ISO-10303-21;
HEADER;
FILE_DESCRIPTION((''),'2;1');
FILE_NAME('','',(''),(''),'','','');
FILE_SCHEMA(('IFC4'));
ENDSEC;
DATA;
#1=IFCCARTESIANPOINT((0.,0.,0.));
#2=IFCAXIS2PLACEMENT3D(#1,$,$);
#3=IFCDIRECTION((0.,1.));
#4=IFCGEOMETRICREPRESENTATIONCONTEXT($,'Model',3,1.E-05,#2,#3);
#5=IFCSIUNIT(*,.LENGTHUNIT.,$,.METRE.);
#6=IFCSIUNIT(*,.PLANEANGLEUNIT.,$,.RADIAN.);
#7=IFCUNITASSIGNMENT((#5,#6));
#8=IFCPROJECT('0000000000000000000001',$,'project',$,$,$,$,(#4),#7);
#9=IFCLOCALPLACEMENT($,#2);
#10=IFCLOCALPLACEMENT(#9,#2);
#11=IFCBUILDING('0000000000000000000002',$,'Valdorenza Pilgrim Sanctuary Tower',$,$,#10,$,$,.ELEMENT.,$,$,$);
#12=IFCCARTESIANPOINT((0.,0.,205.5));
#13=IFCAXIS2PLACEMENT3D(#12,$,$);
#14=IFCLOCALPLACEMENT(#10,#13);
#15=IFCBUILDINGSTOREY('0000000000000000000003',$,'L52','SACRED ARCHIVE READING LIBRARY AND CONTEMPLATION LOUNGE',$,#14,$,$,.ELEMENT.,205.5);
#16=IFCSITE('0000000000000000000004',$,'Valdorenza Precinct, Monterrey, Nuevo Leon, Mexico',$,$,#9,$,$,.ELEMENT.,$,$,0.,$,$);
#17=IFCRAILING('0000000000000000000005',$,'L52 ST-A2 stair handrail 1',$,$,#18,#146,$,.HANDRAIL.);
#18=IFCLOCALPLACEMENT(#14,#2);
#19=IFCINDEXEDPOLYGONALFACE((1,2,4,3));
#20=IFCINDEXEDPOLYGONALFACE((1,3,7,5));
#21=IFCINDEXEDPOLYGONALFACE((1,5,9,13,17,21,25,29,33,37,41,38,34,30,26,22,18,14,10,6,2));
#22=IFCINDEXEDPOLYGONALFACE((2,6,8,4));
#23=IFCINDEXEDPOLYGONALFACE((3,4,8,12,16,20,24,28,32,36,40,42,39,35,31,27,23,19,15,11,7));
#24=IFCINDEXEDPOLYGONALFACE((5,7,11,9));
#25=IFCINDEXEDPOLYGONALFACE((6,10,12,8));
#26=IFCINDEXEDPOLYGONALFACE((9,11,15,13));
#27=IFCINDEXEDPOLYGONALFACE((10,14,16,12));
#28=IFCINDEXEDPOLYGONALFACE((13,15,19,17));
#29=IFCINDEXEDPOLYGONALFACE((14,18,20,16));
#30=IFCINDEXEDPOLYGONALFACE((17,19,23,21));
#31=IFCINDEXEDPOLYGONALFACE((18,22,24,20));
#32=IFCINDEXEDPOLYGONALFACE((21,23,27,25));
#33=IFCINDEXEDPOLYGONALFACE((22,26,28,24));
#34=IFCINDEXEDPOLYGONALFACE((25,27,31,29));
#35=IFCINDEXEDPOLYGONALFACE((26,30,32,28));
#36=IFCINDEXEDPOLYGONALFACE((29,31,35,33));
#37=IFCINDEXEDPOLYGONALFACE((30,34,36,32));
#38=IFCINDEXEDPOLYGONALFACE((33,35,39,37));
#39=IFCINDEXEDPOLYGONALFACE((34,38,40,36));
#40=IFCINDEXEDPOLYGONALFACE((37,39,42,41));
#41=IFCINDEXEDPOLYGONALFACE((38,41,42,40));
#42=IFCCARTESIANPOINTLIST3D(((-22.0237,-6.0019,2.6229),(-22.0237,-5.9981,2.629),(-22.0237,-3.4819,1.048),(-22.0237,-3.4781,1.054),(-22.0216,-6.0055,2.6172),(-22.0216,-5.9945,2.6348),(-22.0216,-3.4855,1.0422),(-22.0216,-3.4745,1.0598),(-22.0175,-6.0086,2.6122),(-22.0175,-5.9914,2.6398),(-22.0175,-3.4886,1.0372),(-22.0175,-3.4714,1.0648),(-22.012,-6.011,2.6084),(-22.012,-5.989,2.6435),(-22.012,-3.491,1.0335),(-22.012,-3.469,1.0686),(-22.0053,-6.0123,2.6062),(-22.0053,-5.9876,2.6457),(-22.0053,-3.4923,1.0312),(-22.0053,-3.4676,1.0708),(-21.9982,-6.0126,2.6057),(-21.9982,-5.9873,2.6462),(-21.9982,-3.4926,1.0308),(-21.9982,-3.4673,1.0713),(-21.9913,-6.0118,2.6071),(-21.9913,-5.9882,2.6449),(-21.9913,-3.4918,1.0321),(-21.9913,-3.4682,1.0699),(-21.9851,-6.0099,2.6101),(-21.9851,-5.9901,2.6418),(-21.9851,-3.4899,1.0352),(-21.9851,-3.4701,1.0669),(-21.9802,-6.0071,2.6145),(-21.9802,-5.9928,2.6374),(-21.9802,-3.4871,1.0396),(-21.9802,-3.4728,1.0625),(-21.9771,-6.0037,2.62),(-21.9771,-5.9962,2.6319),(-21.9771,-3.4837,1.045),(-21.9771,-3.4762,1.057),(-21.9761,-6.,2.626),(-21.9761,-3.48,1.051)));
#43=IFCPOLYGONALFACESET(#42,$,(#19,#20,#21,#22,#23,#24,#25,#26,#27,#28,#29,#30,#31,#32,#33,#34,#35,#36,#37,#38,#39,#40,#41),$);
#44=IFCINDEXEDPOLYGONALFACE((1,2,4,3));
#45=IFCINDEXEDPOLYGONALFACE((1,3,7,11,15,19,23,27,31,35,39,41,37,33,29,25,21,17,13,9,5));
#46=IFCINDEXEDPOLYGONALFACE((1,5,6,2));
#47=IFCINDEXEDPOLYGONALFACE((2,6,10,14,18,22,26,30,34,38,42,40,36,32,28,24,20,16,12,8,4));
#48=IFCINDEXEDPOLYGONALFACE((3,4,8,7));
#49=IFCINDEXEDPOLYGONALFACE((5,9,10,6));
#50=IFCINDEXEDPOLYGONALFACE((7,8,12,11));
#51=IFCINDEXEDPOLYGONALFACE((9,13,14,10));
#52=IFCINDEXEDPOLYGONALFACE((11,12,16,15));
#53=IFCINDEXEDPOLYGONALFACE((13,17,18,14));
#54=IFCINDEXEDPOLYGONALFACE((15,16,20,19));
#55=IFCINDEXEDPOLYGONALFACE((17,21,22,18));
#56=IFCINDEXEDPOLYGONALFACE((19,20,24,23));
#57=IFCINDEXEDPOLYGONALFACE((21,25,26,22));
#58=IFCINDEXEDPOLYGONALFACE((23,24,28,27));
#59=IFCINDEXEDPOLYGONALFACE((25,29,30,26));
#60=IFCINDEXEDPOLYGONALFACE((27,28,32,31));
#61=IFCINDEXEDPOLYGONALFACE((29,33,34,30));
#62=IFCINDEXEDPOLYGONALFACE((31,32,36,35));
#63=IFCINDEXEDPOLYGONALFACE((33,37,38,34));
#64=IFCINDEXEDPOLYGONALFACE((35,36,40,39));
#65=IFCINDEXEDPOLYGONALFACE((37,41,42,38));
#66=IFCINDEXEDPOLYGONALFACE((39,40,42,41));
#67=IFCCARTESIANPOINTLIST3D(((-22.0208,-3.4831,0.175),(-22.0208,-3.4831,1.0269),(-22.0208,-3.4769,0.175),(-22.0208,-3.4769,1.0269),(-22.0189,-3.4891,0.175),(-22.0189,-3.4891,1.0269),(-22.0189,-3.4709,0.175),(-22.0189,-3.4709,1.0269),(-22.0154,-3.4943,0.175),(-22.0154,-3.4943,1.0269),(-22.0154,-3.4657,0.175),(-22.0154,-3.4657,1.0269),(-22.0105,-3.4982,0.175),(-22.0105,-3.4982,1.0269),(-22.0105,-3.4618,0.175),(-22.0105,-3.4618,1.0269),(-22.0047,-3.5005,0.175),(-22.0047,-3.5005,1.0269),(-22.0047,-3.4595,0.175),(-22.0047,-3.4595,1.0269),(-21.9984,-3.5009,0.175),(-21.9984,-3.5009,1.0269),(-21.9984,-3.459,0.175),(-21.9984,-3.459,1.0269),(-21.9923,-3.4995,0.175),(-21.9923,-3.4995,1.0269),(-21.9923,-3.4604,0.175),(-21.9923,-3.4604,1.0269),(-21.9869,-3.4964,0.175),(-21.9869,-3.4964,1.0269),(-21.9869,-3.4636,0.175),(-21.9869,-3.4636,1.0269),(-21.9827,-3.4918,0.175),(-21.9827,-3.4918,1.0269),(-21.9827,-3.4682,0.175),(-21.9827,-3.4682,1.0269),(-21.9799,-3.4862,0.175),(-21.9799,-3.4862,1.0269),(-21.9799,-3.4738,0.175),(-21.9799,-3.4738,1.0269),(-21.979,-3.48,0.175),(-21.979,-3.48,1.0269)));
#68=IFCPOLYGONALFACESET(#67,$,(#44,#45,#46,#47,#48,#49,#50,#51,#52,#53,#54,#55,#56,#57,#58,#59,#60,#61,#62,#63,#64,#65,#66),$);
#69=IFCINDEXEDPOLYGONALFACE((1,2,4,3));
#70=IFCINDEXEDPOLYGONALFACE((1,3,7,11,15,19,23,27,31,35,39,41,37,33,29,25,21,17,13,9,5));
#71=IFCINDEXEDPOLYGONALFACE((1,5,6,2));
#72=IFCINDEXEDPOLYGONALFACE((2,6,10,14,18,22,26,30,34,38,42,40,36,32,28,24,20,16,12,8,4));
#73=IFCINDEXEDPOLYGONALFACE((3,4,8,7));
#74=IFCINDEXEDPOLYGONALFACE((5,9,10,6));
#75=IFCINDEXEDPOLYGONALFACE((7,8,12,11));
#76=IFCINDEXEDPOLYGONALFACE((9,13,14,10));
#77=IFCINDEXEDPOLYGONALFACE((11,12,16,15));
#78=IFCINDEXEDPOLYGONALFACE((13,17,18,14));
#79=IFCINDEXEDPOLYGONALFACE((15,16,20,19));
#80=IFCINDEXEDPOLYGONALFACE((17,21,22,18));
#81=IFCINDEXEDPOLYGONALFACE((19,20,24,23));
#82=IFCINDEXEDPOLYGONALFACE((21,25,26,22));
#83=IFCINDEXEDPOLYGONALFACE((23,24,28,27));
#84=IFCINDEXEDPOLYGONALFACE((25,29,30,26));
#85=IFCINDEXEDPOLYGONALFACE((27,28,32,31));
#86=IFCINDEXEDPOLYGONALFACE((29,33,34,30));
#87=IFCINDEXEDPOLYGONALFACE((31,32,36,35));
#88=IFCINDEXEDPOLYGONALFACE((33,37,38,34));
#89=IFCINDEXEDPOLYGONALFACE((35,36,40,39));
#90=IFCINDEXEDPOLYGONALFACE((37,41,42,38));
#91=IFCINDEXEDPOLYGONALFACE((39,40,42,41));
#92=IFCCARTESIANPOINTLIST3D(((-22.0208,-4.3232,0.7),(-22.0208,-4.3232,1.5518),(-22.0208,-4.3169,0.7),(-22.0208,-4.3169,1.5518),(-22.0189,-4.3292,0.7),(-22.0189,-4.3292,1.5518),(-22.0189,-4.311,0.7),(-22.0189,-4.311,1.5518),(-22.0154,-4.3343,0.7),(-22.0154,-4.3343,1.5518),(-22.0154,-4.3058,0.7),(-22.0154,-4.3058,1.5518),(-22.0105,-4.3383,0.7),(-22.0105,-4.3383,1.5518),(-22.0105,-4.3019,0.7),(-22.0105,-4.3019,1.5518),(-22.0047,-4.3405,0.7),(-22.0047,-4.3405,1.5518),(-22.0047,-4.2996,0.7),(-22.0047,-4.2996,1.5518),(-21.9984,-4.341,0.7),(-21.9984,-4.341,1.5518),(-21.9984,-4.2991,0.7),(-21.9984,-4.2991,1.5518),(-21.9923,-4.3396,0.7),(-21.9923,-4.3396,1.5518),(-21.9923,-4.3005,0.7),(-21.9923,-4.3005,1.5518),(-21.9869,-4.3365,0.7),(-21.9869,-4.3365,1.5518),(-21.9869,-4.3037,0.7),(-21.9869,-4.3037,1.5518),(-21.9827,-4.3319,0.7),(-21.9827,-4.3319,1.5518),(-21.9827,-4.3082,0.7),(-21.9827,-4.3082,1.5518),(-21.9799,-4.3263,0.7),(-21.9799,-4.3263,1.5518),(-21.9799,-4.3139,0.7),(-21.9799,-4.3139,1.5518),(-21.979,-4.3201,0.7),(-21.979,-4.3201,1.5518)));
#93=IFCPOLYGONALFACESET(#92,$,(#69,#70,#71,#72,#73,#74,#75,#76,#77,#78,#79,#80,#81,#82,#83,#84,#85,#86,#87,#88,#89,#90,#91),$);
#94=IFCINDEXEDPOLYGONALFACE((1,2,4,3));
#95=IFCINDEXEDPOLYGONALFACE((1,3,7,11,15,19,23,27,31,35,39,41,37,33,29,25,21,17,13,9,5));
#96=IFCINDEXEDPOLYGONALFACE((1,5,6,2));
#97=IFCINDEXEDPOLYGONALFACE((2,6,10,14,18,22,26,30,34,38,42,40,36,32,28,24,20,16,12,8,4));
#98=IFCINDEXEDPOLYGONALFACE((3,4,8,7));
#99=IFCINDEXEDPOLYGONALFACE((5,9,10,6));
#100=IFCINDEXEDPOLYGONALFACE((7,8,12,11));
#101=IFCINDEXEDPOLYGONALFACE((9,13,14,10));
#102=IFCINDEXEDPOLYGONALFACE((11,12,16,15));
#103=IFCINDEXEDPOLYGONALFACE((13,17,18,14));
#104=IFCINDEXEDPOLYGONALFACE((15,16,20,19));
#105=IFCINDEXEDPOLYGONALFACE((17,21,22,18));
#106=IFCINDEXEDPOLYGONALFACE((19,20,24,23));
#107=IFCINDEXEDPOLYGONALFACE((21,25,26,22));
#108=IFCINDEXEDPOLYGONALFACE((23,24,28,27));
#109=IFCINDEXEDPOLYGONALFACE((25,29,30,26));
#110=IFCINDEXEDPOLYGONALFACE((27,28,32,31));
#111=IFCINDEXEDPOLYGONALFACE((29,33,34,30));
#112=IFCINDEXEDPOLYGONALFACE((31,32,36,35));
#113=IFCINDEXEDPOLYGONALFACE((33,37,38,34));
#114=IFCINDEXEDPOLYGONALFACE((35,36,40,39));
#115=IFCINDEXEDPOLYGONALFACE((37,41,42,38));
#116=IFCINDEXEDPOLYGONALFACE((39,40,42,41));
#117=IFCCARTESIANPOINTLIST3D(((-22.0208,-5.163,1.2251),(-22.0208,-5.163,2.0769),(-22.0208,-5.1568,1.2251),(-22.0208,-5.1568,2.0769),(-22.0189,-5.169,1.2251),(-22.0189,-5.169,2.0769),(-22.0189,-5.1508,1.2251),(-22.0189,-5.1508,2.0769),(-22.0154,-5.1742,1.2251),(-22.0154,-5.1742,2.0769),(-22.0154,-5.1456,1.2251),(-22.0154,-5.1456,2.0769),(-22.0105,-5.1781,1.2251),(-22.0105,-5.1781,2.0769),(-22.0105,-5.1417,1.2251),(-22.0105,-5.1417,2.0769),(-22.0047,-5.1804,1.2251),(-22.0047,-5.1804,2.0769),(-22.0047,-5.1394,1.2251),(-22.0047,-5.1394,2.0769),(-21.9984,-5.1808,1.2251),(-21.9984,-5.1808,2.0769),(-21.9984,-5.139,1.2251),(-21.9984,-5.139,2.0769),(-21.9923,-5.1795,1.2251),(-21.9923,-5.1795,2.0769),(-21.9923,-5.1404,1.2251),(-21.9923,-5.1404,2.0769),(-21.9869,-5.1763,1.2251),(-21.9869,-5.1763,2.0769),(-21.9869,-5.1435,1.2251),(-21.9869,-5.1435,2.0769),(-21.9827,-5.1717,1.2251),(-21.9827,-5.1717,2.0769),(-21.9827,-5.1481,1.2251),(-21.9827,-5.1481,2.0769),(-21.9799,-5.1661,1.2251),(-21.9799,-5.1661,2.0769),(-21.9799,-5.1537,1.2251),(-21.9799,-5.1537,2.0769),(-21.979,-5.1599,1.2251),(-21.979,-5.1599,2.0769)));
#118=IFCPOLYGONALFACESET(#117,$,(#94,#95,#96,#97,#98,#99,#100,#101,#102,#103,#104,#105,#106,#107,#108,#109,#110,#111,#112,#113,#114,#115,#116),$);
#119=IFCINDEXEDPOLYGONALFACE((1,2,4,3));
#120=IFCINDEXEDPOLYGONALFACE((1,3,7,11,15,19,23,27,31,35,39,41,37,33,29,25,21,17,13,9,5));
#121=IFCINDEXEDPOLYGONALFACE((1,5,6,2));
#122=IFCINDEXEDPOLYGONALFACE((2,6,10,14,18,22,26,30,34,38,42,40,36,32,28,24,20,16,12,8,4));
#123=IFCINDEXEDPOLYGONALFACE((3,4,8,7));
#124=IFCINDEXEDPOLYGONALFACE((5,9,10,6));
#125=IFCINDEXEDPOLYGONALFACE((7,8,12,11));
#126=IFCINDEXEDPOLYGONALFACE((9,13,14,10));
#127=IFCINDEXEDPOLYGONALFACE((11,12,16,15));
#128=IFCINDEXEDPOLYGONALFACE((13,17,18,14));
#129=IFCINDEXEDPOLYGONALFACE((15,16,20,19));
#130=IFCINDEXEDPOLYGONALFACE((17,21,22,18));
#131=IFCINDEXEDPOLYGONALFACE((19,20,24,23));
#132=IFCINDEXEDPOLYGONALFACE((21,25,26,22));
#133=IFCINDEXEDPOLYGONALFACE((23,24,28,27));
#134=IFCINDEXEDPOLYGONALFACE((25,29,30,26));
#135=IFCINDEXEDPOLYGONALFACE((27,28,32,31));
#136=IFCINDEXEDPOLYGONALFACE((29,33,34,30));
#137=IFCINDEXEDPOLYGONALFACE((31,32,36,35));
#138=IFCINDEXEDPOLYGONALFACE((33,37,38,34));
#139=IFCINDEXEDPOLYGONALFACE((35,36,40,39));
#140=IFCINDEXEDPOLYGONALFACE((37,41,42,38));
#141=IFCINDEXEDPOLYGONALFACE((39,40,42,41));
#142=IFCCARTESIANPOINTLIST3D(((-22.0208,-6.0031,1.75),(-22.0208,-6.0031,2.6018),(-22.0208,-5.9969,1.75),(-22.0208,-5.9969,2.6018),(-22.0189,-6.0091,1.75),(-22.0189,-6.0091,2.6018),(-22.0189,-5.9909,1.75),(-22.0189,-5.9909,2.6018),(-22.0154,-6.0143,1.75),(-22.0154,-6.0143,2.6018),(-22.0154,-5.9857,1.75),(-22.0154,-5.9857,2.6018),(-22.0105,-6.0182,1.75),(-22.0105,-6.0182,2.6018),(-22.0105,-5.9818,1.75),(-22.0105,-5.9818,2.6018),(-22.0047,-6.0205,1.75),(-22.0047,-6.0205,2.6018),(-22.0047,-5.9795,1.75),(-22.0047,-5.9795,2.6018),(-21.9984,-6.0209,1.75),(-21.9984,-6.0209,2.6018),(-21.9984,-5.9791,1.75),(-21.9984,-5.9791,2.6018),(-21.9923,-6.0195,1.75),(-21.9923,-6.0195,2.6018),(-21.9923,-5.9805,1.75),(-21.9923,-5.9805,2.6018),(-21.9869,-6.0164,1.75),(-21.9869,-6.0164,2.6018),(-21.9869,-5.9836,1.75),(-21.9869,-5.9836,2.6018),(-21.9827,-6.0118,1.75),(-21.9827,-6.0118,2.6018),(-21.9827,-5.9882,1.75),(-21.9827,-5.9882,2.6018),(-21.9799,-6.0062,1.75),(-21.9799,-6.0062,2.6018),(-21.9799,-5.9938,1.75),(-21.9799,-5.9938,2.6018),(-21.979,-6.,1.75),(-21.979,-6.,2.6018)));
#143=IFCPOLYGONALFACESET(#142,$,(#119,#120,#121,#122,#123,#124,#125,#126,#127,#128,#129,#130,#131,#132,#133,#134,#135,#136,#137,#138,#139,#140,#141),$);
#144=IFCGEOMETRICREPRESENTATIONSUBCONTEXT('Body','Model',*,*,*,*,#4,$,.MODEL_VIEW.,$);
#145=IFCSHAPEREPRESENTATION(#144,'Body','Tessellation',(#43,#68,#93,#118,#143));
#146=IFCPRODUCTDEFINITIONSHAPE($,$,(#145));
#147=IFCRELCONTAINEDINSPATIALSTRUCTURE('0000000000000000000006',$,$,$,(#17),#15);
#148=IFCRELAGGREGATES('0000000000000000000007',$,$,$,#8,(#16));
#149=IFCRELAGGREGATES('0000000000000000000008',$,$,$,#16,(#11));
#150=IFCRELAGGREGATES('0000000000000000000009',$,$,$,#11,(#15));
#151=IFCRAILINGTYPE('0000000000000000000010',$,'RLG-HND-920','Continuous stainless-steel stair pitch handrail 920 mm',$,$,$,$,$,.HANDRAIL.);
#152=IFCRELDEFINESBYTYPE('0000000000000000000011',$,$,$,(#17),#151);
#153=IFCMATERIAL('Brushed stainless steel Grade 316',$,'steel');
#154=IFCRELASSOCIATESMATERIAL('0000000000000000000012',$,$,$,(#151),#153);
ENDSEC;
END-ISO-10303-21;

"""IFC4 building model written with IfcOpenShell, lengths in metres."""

from ifc_helpers import new_model, si_unit, direction, frame, origin, origin_2d, place, context, subcontext, project, spatial, circle, extrude, material, type_object, element, save


model = new_model("IFC4")

# Units and contexts
model_context = context("Model", 3, precision=1e-05, world=origin(), true_north=direction((0.0, 1.0)))
body_context = subcontext(model_context, "Body", "Model", "MODEL_VIEW")
ifc_project = project(units=[si_unit("LENGTHUNIT", "METRE"), si_unit("PLANEANGLEUNIT", "RADIAN")], contexts=[model_context])

# Site, building, storey
site_placement = place(None, origin())
site = spatial("IfcSite", under=ifc_project, at=site_placement, Name="Valdorenza Precinct, Monterrey, Nuevo Leon, Mexico", CompositionType="ELEMENT", RefElevation=0.0)
building_placement = place(site_placement, origin())
building = spatial("IfcBuilding", under=site, at=building_placement, Name="Valdorenza Pilgrim Sanctuary Tower", CompositionType="ELEMENT")
storey_placement = place(building_placement, frame((0.0, 0.0, 205.5)))
storey = spatial("IfcBuildingStorey", under=building, at=storey_placement, Name="L52", Description="SACRED ARCHIVE READING LIBRARY AND CONTEMPLATION LOUNGE", CompositionType="ELEMENT", Elevation=205.5)

# Shared definitions
ifc_material_1 = material(Name="Brushed stainless steel Grade 316", Category="steel")

# Railing
railing_type_1 = type_object("IfcRailingType", Name="RLG-HND-920", Description="Continuous stainless-steel stair pitch handrail 920 mm", PredefinedType="HANDRAIL", material=ifc_material_1)
railing_1_placement = place(storey_placement, frame((-22.0, -3.48, 0.175)))
element("IfcRailing", 1, at=railing_1_placement, inside=storey, type_object=railing_type_1, Name="L52 ST-A2 stair handrail 1", PredefinedType="HANDRAIL", context=body_context, shape_type="SweptSolid", body=[
    extrude(circle(Radius=0.0239, at=origin_2d()), frame((0.0, 0.0, 0.876), z_axis=(0.0, -0.848008, 0.529984), x_axis=(1.0, 0.0, 0.0)), (0.0, 0.0, 1.0), 2.9717),
    extrude(circle(Radius=0.021, at=origin_2d()), origin(), (0.0, 0.0, 1.0), 0.8518),
    extrude(circle(Radius=0.021, at=origin_2d()), frame((0.0, -0.8401, 0.5249)), (0.0, 0.0, 1.0), 0.8518),
    extrude(circle(Radius=0.021, at=origin_2d()), frame((0.0, -1.6799, 1.05)), (0.0, 0.0, 1.0), 0.8518),
    extrude(circle(Radius=0.021, at=origin_2d()), frame((0.0, -2.52, 1.575)), (0.0, 0.0, 1.0), 0.8518),
])

save(model, "model.ifc")
